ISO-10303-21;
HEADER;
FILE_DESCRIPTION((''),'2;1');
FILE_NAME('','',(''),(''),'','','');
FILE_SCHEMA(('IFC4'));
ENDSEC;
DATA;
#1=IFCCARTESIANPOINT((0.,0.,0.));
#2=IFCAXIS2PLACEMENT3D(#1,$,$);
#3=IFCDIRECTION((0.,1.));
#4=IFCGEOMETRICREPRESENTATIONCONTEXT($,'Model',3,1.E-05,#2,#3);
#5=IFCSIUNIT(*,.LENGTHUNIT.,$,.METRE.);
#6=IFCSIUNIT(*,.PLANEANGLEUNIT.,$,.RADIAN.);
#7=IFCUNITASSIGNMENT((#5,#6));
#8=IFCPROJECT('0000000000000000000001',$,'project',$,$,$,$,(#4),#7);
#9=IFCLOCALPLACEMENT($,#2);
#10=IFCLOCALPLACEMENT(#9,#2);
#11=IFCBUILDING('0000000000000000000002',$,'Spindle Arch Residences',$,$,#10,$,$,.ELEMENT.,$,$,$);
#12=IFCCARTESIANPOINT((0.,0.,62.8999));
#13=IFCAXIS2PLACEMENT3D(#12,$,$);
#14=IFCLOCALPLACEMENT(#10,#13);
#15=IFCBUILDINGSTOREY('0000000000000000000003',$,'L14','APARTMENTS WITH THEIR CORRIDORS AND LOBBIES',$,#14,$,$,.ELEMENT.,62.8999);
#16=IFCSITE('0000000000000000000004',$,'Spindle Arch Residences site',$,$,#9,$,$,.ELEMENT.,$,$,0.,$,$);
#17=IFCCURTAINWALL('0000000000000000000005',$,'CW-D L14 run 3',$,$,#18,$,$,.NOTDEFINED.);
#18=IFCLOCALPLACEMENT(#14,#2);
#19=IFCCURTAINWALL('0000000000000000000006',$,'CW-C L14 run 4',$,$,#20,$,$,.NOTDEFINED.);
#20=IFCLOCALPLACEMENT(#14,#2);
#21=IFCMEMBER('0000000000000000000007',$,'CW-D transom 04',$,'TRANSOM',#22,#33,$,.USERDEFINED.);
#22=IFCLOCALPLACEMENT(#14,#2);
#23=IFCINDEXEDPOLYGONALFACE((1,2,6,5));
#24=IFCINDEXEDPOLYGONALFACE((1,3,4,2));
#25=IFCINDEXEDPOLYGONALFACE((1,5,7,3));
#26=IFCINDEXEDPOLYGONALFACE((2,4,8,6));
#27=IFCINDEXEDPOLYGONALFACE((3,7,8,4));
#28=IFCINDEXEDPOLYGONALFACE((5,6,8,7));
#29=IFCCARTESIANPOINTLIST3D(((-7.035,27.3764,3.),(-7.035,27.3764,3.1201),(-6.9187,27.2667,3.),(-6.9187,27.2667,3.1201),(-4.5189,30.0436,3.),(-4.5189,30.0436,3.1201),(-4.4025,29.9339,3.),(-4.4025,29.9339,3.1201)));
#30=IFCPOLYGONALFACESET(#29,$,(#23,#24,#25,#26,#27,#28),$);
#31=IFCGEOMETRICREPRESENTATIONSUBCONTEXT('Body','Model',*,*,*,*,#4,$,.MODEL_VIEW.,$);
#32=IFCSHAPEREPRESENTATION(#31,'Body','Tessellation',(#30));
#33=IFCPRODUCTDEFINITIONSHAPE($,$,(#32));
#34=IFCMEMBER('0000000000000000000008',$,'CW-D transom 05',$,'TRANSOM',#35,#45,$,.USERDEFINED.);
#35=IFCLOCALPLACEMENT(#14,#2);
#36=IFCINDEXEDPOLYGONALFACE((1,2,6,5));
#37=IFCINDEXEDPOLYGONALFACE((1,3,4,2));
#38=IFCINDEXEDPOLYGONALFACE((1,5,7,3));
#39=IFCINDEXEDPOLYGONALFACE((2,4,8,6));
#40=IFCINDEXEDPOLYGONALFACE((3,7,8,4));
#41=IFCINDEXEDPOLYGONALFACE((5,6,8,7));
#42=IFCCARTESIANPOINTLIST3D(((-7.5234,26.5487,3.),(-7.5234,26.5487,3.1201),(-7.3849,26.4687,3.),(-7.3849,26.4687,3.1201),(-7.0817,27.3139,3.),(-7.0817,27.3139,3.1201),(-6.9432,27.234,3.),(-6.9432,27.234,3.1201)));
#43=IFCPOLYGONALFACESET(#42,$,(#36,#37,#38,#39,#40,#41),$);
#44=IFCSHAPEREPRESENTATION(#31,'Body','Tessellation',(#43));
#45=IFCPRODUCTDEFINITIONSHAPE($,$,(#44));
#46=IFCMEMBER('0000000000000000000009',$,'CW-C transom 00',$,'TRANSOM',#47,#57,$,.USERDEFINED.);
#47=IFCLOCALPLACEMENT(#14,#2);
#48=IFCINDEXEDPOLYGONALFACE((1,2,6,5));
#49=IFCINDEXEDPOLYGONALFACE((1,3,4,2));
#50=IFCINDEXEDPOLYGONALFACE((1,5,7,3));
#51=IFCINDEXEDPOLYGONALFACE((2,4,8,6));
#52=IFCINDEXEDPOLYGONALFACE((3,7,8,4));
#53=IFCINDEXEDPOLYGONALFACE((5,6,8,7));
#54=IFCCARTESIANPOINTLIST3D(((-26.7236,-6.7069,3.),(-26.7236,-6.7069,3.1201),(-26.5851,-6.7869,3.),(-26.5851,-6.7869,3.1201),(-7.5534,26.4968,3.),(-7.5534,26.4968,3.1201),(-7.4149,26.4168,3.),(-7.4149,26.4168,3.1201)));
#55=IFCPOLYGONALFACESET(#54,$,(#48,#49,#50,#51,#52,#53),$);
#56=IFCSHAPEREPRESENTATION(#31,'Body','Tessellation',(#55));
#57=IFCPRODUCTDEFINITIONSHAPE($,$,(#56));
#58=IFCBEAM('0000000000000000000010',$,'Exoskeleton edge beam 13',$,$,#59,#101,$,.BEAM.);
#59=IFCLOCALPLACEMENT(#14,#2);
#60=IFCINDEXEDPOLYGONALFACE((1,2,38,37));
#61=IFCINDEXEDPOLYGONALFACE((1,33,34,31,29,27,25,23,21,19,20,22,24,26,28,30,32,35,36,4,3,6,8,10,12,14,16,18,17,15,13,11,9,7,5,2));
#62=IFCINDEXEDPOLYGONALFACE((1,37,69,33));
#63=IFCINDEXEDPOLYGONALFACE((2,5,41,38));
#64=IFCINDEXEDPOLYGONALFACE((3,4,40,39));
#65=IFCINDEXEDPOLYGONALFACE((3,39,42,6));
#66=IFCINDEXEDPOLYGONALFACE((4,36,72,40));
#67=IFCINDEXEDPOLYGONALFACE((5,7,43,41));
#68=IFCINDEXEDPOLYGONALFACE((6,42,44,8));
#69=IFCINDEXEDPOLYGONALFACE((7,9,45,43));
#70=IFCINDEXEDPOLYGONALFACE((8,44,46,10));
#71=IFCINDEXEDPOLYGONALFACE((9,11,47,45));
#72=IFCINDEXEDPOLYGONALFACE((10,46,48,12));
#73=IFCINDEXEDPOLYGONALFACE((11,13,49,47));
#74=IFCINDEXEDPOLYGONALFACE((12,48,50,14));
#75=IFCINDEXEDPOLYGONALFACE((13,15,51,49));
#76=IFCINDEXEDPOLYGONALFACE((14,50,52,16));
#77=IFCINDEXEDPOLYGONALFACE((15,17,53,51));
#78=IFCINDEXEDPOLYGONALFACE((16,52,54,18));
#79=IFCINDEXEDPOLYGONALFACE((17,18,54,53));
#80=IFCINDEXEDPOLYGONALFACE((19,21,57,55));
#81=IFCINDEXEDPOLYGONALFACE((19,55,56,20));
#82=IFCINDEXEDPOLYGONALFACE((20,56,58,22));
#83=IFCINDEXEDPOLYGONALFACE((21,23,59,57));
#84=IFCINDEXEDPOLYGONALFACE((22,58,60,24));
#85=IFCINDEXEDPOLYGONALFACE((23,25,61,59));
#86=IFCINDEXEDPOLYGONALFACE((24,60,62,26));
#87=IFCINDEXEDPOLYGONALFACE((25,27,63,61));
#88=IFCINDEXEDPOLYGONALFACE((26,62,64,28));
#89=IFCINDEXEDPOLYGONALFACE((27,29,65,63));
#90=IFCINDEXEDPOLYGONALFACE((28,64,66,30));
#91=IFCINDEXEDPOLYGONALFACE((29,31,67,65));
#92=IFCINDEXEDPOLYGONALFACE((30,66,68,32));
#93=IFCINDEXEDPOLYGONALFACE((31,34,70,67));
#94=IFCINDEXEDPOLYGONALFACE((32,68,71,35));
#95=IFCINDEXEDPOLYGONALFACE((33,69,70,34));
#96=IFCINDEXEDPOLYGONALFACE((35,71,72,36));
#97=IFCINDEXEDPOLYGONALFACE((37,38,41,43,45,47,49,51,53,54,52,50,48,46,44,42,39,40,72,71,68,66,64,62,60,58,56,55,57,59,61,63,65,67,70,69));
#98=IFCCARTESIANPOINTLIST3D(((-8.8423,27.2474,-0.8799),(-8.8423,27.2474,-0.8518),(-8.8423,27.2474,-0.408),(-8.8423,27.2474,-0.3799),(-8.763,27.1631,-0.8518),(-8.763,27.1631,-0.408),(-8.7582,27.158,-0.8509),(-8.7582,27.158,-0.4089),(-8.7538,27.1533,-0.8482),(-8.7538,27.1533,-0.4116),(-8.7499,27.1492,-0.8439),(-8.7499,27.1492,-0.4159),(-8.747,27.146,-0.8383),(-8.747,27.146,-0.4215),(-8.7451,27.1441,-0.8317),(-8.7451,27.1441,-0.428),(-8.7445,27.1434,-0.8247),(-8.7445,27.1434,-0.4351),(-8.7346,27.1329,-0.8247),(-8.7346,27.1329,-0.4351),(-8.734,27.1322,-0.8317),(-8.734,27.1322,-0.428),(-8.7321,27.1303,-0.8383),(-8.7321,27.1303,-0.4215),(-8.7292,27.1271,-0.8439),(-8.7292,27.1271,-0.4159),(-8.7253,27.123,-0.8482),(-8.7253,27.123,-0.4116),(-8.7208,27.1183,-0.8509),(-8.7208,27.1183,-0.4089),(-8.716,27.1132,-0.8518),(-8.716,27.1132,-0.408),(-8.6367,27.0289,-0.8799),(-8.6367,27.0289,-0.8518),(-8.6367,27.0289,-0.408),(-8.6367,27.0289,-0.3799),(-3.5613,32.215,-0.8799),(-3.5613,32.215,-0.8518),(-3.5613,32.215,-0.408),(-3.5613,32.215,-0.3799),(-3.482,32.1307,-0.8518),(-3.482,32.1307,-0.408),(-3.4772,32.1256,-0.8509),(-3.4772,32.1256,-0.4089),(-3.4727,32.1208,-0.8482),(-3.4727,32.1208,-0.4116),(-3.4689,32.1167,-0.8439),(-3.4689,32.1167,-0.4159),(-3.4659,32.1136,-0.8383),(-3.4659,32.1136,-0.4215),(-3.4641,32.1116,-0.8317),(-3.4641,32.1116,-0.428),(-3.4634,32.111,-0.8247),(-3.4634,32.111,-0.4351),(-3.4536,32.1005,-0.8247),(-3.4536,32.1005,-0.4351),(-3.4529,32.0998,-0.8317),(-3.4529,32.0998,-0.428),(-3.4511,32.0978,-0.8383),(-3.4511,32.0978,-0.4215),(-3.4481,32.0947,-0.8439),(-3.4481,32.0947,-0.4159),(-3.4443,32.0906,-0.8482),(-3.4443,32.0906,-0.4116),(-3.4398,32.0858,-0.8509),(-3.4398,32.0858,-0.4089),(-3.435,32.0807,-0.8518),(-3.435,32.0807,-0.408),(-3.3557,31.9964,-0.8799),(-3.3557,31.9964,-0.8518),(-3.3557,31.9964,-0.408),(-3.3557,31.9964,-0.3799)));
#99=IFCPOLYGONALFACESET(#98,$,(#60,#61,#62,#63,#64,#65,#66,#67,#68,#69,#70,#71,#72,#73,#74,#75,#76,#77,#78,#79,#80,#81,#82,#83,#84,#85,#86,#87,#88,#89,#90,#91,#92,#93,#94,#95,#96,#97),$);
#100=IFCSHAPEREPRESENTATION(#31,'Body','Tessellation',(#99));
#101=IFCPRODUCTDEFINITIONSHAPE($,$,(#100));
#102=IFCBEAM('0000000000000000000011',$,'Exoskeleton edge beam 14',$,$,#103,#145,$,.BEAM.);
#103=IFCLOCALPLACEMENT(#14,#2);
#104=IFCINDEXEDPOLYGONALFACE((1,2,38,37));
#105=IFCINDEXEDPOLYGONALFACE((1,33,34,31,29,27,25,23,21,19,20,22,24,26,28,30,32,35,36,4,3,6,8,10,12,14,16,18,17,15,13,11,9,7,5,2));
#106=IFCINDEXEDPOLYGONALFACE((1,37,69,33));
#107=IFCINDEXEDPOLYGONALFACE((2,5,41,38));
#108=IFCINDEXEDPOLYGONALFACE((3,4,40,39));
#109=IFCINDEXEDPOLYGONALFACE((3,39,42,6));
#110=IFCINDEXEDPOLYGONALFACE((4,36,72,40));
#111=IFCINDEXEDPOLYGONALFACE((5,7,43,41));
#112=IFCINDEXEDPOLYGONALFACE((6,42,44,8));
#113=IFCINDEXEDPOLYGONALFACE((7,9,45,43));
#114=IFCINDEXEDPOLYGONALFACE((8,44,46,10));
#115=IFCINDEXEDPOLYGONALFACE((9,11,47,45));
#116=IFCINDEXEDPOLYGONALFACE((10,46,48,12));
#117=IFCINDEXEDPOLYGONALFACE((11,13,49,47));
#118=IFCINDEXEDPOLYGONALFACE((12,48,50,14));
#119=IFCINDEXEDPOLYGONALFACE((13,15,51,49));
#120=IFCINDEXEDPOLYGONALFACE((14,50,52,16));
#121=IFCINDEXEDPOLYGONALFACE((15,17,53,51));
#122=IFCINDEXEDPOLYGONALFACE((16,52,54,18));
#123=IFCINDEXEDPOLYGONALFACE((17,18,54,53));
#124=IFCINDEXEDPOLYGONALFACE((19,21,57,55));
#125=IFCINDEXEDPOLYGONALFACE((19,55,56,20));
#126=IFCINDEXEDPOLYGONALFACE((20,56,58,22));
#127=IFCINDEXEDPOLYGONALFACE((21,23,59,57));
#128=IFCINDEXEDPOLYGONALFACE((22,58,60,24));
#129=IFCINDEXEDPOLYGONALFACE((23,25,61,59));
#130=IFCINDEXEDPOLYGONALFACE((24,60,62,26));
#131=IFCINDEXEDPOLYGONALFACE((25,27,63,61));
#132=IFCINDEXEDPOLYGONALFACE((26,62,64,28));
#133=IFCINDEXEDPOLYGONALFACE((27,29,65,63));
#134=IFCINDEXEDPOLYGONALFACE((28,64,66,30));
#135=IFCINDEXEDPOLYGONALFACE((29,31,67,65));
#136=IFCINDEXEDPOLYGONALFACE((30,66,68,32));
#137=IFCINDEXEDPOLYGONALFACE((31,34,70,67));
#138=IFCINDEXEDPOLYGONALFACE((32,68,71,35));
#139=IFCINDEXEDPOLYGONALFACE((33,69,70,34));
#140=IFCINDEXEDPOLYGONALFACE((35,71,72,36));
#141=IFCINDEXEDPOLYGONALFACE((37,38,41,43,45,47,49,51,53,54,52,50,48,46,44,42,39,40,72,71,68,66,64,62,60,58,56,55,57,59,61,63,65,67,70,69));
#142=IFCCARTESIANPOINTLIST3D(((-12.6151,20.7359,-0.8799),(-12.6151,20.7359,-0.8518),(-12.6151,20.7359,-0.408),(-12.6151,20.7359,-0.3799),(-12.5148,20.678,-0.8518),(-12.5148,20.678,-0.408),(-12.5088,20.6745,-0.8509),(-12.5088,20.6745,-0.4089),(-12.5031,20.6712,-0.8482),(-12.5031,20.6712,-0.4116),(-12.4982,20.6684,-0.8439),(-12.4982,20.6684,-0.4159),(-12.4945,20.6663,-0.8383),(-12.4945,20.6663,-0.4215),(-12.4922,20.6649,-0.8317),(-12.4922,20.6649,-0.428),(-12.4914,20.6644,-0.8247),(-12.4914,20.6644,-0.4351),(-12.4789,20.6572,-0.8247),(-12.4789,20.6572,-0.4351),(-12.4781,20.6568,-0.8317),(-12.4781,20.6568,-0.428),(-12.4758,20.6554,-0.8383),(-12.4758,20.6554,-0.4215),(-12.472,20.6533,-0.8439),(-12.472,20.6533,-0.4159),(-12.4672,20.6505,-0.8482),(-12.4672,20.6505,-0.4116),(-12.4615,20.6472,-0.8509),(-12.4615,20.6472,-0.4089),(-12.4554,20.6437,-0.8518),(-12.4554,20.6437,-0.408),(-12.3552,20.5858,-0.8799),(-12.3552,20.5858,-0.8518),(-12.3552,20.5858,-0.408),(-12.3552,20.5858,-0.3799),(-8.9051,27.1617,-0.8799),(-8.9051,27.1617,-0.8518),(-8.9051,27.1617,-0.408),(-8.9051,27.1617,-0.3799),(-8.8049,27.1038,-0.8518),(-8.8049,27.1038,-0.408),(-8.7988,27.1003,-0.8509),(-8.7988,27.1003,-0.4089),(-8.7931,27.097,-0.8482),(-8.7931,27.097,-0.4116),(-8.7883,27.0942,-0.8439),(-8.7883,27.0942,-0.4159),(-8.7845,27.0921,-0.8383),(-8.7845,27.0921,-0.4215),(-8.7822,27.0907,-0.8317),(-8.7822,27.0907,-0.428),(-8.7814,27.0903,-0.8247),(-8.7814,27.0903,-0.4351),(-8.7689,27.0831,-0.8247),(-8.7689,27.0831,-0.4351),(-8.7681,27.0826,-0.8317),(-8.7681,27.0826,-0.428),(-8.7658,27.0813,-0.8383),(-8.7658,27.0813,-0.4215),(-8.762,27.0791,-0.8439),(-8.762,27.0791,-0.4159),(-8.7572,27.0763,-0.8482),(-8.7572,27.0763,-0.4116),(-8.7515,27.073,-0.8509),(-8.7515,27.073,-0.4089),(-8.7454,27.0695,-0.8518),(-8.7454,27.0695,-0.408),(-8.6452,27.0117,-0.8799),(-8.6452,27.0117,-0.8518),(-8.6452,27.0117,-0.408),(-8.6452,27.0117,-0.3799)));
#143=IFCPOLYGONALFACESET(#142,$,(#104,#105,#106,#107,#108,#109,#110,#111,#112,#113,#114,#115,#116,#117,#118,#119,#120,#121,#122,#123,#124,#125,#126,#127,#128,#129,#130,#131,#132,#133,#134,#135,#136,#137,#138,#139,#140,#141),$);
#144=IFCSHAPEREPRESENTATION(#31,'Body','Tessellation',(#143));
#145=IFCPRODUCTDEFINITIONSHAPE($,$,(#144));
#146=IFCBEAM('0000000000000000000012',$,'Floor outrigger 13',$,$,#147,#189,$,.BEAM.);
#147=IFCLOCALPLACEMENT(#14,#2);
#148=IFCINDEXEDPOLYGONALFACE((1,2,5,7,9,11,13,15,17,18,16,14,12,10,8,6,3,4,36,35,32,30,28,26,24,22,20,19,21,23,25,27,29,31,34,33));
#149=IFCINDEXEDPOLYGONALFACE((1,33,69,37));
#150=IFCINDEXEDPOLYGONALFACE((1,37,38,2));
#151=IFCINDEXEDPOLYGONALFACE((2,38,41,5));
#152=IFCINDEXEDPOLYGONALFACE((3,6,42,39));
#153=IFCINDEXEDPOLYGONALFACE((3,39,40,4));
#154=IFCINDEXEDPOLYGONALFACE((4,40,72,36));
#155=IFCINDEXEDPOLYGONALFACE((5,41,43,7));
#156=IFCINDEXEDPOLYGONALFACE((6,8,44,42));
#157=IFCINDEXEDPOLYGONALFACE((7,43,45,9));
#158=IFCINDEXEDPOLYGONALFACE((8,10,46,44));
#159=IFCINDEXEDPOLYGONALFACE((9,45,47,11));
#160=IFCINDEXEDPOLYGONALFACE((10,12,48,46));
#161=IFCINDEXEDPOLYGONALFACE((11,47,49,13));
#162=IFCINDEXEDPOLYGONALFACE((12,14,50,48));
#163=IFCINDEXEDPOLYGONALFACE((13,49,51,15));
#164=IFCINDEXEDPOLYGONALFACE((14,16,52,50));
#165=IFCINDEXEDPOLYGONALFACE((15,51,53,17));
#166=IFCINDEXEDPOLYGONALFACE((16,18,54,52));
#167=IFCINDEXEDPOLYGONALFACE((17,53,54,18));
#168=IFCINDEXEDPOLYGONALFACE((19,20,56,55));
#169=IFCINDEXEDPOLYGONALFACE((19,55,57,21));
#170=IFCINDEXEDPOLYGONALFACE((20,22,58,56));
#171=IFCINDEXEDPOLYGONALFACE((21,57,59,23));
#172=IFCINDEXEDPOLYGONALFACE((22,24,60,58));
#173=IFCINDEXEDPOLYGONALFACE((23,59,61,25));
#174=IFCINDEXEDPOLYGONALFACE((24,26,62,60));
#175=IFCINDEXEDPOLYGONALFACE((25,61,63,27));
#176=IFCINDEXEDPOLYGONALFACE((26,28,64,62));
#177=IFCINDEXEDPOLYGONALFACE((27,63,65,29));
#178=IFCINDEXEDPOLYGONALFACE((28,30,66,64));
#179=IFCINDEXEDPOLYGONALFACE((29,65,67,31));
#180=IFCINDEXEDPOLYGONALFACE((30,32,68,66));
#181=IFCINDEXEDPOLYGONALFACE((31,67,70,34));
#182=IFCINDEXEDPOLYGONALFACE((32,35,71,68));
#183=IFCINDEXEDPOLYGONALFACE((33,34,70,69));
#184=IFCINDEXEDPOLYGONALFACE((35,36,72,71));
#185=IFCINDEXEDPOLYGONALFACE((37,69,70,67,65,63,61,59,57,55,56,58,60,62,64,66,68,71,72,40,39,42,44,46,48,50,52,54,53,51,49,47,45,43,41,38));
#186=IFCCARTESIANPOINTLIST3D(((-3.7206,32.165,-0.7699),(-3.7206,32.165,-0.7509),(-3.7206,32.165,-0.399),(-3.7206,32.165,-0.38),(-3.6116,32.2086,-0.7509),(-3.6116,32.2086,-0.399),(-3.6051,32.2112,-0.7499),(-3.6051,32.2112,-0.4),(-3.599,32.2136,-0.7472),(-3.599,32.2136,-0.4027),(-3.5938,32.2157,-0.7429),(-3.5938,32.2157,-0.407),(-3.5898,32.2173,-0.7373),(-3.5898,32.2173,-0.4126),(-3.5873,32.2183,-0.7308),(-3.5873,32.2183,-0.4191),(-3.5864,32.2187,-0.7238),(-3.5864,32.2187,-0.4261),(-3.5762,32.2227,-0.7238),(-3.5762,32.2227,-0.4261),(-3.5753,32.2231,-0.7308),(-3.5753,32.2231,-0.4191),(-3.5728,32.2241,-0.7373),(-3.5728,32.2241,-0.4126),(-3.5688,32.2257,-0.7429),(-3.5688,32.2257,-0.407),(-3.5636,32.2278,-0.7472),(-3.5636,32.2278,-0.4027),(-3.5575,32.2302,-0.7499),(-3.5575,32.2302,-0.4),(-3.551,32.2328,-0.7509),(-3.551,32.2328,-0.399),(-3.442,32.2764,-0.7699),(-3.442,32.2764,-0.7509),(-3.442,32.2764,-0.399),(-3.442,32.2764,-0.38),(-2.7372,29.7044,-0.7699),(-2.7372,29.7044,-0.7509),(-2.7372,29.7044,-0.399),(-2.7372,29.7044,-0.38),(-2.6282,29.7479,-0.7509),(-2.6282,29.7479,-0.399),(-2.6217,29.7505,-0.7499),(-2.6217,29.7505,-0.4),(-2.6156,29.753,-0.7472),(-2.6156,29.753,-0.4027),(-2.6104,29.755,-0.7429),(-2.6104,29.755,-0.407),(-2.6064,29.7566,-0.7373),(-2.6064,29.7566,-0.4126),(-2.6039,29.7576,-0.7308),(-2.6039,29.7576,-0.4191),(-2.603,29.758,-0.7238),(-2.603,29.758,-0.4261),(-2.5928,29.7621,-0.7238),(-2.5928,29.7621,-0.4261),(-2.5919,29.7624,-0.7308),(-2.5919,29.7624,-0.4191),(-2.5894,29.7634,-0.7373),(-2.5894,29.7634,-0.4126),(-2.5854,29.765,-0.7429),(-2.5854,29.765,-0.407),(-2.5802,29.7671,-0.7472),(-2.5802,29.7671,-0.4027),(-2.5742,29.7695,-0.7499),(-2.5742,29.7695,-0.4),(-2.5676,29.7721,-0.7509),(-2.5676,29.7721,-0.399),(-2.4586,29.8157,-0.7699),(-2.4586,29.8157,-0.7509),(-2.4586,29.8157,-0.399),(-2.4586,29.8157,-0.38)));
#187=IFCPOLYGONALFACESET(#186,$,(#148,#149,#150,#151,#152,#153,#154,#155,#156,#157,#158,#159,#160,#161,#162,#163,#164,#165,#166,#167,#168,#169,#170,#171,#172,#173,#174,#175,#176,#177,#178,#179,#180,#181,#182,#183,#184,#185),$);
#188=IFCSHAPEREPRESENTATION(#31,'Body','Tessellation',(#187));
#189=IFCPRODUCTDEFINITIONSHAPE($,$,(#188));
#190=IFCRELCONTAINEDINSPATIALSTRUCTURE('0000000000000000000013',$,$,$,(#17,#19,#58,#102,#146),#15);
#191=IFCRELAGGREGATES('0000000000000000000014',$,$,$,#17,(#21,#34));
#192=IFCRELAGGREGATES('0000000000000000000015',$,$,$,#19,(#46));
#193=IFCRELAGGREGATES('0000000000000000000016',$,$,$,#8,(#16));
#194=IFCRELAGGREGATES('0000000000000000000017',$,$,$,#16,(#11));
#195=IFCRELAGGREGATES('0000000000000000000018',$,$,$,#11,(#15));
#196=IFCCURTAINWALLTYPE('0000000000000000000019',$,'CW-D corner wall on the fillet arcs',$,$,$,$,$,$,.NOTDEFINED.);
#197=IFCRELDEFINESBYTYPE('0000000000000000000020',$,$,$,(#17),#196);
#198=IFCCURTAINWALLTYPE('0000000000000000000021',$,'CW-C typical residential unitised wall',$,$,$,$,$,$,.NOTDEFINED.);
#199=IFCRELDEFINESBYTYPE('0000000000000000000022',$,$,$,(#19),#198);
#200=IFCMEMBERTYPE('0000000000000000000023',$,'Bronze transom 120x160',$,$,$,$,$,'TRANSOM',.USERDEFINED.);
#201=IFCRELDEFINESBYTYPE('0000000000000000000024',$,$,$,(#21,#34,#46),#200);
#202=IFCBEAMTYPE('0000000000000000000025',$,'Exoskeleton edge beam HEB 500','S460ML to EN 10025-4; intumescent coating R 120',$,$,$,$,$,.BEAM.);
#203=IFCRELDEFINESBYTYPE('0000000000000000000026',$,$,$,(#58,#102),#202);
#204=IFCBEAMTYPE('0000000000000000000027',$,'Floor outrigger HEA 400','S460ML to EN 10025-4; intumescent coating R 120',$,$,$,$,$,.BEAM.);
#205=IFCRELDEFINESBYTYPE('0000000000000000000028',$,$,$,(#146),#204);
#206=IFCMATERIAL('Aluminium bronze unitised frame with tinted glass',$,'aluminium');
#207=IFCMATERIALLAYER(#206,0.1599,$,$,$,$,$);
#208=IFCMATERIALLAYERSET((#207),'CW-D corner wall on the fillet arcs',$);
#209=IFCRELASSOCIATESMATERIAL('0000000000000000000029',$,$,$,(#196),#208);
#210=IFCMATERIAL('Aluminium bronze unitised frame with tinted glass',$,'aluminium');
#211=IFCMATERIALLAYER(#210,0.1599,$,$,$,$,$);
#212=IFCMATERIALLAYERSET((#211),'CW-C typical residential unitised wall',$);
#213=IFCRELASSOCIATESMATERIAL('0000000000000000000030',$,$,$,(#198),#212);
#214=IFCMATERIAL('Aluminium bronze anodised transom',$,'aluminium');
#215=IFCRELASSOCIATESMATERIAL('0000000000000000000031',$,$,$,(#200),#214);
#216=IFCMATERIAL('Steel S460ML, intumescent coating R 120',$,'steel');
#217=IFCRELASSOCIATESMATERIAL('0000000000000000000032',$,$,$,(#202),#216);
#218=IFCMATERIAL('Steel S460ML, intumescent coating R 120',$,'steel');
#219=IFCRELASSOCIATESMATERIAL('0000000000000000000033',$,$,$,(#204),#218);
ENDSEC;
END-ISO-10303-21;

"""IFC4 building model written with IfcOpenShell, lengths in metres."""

from ifc_helpers import new_model, si_unit, direction, frame, origin, origin_2d, place, context, subcontext, project, spatial, rectangle, i_section, extrude, material, layer, layer_set, material_profile, profile_set, type_object, element, aggregate, save


model = new_model("IFC4")

# Units and contexts
model_context = context("Model", 3, precision=1e-05, world=origin(), true_north=direction((0.0, 1.0)))
body_context = subcontext(model_context, "Body", "Model", "MODEL_VIEW")
ifc_project = project(units=[si_unit("LENGTHUNIT", "METRE"), si_unit("PLANEANGLEUNIT", "RADIAN")], contexts=[model_context])

# Site, building, storey
site_placement = place(None, origin())
site = spatial("IfcSite", under=ifc_project, at=site_placement, Name="Spindle Arch Residences site", CompositionType="ELEMENT", RefElevation=0.0)
building_placement = place(site_placement, origin())
building = spatial("IfcBuilding", under=site, at=building_placement, Name="Spindle Arch Residences", CompositionType="ELEMENT")
storey_placement = place(building_placement, frame((0.0, 0.0, 62.8999)))
storey = spatial("IfcBuildingStorey", under=building, at=storey_placement, Name="L14", Description="APARTMENTS WITH THEIR CORRIDORS AND LOBBIES", CompositionType="ELEMENT", Elevation=62.8999)

# Curtain wall
ifc_material_1 = material(Name="Aluminium bronze unitised frame with tinted glass", Category="aluminium")
ifc_layer_1 = layer(ifc_material_1, 0.1599)
ifc_layer_set_1 = layer_set([ifc_layer_1], Name="CW-D corner wall on the fillet arcs")
curtain_wall_type_1 = type_object("IfcCurtainWallType", Name="CW-D corner wall on the fillet arcs", PredefinedType="NOTDEFINED", material=ifc_layer_set_1)
curtain_wall_1_placement = place(storey_placement, origin())
curtain_wall_1 = element("IfcCurtainWall", 1, at=curtain_wall_1_placement, inside=storey, type_object=curtain_wall_type_1, Name="CW-D L14 run 3", PredefinedType="NOTDEFINED")

# Curtain wall
ifc_material_2 = material(Name="Aluminium bronze unitised frame with tinted glass", Category="aluminium")
ifc_layer_2 = layer(ifc_material_2, 0.1599)
ifc_layer_set_2 = layer_set([ifc_layer_2], Name="CW-C typical residential unitised wall")
curtain_wall_type_2 = type_object("IfcCurtainWallType", Name="CW-C typical residential unitised wall", PredefinedType="NOTDEFINED", material=ifc_layer_set_2)
curtain_wall_2_placement = place(storey_placement, origin())
curtain_wall_2 = element("IfcCurtainWall", 2, at=curtain_wall_2_placement, inside=storey, type_object=curtain_wall_type_2, Name="CW-C L14 run 4", PredefinedType="NOTDEFINED")

# Members
ifc_material_3 = material(Name="Aluminium bronze anodised transom", Category="aluminium")
ifc_material_profile_1 = material_profile(ifc_material_3, rectangle(XDim=0.1599, YDim=0.1201, at=origin_2d()), Name="TR 120x160")
ifc_profile_set_1 = profile_set([ifc_material_profile_1], Name="Aluminium bronze anodised transom")
member_type_1 = type_object("IfcMemberType", Name="Bronze transom 120x160", ElementType="TRANSOM", PredefinedType="USERDEFINED", material=ifc_profile_set_1)
member_1_placement = place(storey_placement, frame((-4.4607, 29.9888, 3.0601), z_axis=(-0.686199, -0.727414, 0.0), x_axis=(0.727414, -0.686199, 0.0)))
member_1 = element("IfcMember", 3, at=member_1_placement, type_object=member_type_1, Name="CW-D transom 04", ObjectType="TRANSOM", PredefinedType="USERDEFINED", context=body_context, shape_type="SweptSolid", body=[
    extrude(rectangle(XDim=0.1599, YDim=0.1201, at=origin_2d()), origin(), (0.0, 0.0, 1.0), 3.6667),
])
member_2_placement = place(storey_placement, frame((-7.0125, 27.2739, 3.0601), z_axis=(-0.499914, -0.866075, 0.0), x_axis=(0.866075, -0.499914, 0.0)))
member_2 = element("IfcMember", 4, at=member_2_placement, type_object=member_type_1, Name="CW-D transom 05", ObjectType="TRANSOM", PredefinedType="USERDEFINED", context=body_context, shape_type="SweptSolid", body=[
    extrude(rectangle(XDim=0.1599, YDim=0.1201, at=origin_2d()), origin(), (0.0, 0.0, 1.0), 0.8835),
])
member_3_placement = place(storey_placement, frame((-7.4841, 26.4568, 3.0601), z_axis=(-0.500001, -0.866025, 0.0), x_axis=(0.866025, -0.500001, 0.0)))
member_3 = element("IfcMember", 5, at=member_3_placement, type_object=member_type_1, Name="CW-C transom 00", ObjectType="TRANSOM", PredefinedType="USERDEFINED", context=body_context, shape_type="SweptSolid", body=[
    extrude(rectangle(XDim=0.1599, YDim=0.1201, at=origin_2d()), origin(), (0.0, 0.0, 1.0), 38.3403),
])

# Beams
ifc_material_4 = material(Name="Steel S460ML, intumescent coating R 120", Category="steel")
ifc_material_profile_2 = material_profile(ifc_material_4, i_section(OverallWidth=0.3, OverallDepth=0.5, WebThickness=0.0144, FlangeThickness=0.0281, FilletRadius=0.0271, at=origin_2d()), Name="HEB 500")
ifc_profile_set_2 = profile_set([ifc_material_profile_2], Name="Steel S460ML, intumescent coating R 120")
beam_type_1 = type_object("IfcBeamType", Name="Exoskeleton edge beam HEB 500", Description="S460ML to EN 10025-4; intumescent coating R 120", PredefinedType="BEAM", material=ifc_profile_set_2)
beam_1_placement = place(storey_placement, frame((-3.4585, 32.1057, -0.6299), z_axis=(-0.728395, -0.685158, 0.0), x_axis=(0.685158, -0.728395, 0.0)))
element("IfcBeam", 6, at=beam_1_placement, inside=storey, type_object=beam_type_1, Name="Exoskeleton edge beam 13", PredefinedType="BEAM", context=body_context, shape_type="SweptSolid", body=[
    extrude(i_section(OverallWidth=0.3, OverallDepth=0.5, WebThickness=0.0144, FlangeThickness=0.0281, FilletRadius=0.0271, at=origin_2d()), origin(), (0.0, 0.0, 1.0), 7.2502),
])
beam_2_placement = place(storey_placement, frame((-8.7751, 27.0867, -0.6299), z_axis=(-0.500003, -0.866023, 0.0), x_axis=(0.866023, -0.500003, 0.0)))
element("IfcBeam", 7, at=beam_2_placement, inside=storey, type_object=beam_type_1, Name="Exoskeleton edge beam 14", PredefinedType="BEAM", context=body_context, shape_type="SweptSolid", body=[
    extrude(i_section(OverallWidth=0.3, OverallDepth=0.5, WebThickness=0.0144, FlangeThickness=0.0281, FilletRadius=0.0271, at=origin_2d()), origin(), (0.0, 0.0, 1.0), 7.4199),
])
ifc_material_5 = material(Name="Steel S460ML, intumescent coating R 120", Category="steel")
ifc_material_profile_3 = material_profile(ifc_material_5, i_section(OverallWidth=0.3, OverallDepth=0.3899, WebThickness=0.011, FlangeThickness=0.019, FilletRadius=0.0271, at=origin_2d()), Name="HEA 400")
ifc_profile_set_3 = profile_set([ifc_material_profile_3], Name="Steel S460ML, intumescent coating R 120")
beam_type_2 = type_object("IfcBeamType", Name="Floor outrigger HEA 400", Description="S460ML to EN 10025-4; intumescent coating R 120", PredefinedType="BEAM", material=ifc_profile_set_3)
beam_3_placement = place(storey_placement, frame((-3.5813, 32.2207, -0.575), z_axis=(0.371105, -0.928591, 0.0), x_axis=(0.928591, 0.371105, 0.0)))
element("IfcBeam", 8, at=beam_3_placement, inside=storey, type_object=beam_type_2, Name="Floor outrigger 13", PredefinedType="BEAM", context=body_context, shape_type="SweptSolid", body=[
    extrude(i_section(OverallWidth=0.3, OverallDepth=0.3899, WebThickness=0.011, FlangeThickness=0.019, FilletRadius=0.0271, at=origin_2d()), origin(), (0.0, 0.0, 1.0), 2.6499),
])

aggregate(curtain_wall_1, [member_1, member_2])
aggregate(curtain_wall_2, [member_3])

save(model, "model.ifc")
